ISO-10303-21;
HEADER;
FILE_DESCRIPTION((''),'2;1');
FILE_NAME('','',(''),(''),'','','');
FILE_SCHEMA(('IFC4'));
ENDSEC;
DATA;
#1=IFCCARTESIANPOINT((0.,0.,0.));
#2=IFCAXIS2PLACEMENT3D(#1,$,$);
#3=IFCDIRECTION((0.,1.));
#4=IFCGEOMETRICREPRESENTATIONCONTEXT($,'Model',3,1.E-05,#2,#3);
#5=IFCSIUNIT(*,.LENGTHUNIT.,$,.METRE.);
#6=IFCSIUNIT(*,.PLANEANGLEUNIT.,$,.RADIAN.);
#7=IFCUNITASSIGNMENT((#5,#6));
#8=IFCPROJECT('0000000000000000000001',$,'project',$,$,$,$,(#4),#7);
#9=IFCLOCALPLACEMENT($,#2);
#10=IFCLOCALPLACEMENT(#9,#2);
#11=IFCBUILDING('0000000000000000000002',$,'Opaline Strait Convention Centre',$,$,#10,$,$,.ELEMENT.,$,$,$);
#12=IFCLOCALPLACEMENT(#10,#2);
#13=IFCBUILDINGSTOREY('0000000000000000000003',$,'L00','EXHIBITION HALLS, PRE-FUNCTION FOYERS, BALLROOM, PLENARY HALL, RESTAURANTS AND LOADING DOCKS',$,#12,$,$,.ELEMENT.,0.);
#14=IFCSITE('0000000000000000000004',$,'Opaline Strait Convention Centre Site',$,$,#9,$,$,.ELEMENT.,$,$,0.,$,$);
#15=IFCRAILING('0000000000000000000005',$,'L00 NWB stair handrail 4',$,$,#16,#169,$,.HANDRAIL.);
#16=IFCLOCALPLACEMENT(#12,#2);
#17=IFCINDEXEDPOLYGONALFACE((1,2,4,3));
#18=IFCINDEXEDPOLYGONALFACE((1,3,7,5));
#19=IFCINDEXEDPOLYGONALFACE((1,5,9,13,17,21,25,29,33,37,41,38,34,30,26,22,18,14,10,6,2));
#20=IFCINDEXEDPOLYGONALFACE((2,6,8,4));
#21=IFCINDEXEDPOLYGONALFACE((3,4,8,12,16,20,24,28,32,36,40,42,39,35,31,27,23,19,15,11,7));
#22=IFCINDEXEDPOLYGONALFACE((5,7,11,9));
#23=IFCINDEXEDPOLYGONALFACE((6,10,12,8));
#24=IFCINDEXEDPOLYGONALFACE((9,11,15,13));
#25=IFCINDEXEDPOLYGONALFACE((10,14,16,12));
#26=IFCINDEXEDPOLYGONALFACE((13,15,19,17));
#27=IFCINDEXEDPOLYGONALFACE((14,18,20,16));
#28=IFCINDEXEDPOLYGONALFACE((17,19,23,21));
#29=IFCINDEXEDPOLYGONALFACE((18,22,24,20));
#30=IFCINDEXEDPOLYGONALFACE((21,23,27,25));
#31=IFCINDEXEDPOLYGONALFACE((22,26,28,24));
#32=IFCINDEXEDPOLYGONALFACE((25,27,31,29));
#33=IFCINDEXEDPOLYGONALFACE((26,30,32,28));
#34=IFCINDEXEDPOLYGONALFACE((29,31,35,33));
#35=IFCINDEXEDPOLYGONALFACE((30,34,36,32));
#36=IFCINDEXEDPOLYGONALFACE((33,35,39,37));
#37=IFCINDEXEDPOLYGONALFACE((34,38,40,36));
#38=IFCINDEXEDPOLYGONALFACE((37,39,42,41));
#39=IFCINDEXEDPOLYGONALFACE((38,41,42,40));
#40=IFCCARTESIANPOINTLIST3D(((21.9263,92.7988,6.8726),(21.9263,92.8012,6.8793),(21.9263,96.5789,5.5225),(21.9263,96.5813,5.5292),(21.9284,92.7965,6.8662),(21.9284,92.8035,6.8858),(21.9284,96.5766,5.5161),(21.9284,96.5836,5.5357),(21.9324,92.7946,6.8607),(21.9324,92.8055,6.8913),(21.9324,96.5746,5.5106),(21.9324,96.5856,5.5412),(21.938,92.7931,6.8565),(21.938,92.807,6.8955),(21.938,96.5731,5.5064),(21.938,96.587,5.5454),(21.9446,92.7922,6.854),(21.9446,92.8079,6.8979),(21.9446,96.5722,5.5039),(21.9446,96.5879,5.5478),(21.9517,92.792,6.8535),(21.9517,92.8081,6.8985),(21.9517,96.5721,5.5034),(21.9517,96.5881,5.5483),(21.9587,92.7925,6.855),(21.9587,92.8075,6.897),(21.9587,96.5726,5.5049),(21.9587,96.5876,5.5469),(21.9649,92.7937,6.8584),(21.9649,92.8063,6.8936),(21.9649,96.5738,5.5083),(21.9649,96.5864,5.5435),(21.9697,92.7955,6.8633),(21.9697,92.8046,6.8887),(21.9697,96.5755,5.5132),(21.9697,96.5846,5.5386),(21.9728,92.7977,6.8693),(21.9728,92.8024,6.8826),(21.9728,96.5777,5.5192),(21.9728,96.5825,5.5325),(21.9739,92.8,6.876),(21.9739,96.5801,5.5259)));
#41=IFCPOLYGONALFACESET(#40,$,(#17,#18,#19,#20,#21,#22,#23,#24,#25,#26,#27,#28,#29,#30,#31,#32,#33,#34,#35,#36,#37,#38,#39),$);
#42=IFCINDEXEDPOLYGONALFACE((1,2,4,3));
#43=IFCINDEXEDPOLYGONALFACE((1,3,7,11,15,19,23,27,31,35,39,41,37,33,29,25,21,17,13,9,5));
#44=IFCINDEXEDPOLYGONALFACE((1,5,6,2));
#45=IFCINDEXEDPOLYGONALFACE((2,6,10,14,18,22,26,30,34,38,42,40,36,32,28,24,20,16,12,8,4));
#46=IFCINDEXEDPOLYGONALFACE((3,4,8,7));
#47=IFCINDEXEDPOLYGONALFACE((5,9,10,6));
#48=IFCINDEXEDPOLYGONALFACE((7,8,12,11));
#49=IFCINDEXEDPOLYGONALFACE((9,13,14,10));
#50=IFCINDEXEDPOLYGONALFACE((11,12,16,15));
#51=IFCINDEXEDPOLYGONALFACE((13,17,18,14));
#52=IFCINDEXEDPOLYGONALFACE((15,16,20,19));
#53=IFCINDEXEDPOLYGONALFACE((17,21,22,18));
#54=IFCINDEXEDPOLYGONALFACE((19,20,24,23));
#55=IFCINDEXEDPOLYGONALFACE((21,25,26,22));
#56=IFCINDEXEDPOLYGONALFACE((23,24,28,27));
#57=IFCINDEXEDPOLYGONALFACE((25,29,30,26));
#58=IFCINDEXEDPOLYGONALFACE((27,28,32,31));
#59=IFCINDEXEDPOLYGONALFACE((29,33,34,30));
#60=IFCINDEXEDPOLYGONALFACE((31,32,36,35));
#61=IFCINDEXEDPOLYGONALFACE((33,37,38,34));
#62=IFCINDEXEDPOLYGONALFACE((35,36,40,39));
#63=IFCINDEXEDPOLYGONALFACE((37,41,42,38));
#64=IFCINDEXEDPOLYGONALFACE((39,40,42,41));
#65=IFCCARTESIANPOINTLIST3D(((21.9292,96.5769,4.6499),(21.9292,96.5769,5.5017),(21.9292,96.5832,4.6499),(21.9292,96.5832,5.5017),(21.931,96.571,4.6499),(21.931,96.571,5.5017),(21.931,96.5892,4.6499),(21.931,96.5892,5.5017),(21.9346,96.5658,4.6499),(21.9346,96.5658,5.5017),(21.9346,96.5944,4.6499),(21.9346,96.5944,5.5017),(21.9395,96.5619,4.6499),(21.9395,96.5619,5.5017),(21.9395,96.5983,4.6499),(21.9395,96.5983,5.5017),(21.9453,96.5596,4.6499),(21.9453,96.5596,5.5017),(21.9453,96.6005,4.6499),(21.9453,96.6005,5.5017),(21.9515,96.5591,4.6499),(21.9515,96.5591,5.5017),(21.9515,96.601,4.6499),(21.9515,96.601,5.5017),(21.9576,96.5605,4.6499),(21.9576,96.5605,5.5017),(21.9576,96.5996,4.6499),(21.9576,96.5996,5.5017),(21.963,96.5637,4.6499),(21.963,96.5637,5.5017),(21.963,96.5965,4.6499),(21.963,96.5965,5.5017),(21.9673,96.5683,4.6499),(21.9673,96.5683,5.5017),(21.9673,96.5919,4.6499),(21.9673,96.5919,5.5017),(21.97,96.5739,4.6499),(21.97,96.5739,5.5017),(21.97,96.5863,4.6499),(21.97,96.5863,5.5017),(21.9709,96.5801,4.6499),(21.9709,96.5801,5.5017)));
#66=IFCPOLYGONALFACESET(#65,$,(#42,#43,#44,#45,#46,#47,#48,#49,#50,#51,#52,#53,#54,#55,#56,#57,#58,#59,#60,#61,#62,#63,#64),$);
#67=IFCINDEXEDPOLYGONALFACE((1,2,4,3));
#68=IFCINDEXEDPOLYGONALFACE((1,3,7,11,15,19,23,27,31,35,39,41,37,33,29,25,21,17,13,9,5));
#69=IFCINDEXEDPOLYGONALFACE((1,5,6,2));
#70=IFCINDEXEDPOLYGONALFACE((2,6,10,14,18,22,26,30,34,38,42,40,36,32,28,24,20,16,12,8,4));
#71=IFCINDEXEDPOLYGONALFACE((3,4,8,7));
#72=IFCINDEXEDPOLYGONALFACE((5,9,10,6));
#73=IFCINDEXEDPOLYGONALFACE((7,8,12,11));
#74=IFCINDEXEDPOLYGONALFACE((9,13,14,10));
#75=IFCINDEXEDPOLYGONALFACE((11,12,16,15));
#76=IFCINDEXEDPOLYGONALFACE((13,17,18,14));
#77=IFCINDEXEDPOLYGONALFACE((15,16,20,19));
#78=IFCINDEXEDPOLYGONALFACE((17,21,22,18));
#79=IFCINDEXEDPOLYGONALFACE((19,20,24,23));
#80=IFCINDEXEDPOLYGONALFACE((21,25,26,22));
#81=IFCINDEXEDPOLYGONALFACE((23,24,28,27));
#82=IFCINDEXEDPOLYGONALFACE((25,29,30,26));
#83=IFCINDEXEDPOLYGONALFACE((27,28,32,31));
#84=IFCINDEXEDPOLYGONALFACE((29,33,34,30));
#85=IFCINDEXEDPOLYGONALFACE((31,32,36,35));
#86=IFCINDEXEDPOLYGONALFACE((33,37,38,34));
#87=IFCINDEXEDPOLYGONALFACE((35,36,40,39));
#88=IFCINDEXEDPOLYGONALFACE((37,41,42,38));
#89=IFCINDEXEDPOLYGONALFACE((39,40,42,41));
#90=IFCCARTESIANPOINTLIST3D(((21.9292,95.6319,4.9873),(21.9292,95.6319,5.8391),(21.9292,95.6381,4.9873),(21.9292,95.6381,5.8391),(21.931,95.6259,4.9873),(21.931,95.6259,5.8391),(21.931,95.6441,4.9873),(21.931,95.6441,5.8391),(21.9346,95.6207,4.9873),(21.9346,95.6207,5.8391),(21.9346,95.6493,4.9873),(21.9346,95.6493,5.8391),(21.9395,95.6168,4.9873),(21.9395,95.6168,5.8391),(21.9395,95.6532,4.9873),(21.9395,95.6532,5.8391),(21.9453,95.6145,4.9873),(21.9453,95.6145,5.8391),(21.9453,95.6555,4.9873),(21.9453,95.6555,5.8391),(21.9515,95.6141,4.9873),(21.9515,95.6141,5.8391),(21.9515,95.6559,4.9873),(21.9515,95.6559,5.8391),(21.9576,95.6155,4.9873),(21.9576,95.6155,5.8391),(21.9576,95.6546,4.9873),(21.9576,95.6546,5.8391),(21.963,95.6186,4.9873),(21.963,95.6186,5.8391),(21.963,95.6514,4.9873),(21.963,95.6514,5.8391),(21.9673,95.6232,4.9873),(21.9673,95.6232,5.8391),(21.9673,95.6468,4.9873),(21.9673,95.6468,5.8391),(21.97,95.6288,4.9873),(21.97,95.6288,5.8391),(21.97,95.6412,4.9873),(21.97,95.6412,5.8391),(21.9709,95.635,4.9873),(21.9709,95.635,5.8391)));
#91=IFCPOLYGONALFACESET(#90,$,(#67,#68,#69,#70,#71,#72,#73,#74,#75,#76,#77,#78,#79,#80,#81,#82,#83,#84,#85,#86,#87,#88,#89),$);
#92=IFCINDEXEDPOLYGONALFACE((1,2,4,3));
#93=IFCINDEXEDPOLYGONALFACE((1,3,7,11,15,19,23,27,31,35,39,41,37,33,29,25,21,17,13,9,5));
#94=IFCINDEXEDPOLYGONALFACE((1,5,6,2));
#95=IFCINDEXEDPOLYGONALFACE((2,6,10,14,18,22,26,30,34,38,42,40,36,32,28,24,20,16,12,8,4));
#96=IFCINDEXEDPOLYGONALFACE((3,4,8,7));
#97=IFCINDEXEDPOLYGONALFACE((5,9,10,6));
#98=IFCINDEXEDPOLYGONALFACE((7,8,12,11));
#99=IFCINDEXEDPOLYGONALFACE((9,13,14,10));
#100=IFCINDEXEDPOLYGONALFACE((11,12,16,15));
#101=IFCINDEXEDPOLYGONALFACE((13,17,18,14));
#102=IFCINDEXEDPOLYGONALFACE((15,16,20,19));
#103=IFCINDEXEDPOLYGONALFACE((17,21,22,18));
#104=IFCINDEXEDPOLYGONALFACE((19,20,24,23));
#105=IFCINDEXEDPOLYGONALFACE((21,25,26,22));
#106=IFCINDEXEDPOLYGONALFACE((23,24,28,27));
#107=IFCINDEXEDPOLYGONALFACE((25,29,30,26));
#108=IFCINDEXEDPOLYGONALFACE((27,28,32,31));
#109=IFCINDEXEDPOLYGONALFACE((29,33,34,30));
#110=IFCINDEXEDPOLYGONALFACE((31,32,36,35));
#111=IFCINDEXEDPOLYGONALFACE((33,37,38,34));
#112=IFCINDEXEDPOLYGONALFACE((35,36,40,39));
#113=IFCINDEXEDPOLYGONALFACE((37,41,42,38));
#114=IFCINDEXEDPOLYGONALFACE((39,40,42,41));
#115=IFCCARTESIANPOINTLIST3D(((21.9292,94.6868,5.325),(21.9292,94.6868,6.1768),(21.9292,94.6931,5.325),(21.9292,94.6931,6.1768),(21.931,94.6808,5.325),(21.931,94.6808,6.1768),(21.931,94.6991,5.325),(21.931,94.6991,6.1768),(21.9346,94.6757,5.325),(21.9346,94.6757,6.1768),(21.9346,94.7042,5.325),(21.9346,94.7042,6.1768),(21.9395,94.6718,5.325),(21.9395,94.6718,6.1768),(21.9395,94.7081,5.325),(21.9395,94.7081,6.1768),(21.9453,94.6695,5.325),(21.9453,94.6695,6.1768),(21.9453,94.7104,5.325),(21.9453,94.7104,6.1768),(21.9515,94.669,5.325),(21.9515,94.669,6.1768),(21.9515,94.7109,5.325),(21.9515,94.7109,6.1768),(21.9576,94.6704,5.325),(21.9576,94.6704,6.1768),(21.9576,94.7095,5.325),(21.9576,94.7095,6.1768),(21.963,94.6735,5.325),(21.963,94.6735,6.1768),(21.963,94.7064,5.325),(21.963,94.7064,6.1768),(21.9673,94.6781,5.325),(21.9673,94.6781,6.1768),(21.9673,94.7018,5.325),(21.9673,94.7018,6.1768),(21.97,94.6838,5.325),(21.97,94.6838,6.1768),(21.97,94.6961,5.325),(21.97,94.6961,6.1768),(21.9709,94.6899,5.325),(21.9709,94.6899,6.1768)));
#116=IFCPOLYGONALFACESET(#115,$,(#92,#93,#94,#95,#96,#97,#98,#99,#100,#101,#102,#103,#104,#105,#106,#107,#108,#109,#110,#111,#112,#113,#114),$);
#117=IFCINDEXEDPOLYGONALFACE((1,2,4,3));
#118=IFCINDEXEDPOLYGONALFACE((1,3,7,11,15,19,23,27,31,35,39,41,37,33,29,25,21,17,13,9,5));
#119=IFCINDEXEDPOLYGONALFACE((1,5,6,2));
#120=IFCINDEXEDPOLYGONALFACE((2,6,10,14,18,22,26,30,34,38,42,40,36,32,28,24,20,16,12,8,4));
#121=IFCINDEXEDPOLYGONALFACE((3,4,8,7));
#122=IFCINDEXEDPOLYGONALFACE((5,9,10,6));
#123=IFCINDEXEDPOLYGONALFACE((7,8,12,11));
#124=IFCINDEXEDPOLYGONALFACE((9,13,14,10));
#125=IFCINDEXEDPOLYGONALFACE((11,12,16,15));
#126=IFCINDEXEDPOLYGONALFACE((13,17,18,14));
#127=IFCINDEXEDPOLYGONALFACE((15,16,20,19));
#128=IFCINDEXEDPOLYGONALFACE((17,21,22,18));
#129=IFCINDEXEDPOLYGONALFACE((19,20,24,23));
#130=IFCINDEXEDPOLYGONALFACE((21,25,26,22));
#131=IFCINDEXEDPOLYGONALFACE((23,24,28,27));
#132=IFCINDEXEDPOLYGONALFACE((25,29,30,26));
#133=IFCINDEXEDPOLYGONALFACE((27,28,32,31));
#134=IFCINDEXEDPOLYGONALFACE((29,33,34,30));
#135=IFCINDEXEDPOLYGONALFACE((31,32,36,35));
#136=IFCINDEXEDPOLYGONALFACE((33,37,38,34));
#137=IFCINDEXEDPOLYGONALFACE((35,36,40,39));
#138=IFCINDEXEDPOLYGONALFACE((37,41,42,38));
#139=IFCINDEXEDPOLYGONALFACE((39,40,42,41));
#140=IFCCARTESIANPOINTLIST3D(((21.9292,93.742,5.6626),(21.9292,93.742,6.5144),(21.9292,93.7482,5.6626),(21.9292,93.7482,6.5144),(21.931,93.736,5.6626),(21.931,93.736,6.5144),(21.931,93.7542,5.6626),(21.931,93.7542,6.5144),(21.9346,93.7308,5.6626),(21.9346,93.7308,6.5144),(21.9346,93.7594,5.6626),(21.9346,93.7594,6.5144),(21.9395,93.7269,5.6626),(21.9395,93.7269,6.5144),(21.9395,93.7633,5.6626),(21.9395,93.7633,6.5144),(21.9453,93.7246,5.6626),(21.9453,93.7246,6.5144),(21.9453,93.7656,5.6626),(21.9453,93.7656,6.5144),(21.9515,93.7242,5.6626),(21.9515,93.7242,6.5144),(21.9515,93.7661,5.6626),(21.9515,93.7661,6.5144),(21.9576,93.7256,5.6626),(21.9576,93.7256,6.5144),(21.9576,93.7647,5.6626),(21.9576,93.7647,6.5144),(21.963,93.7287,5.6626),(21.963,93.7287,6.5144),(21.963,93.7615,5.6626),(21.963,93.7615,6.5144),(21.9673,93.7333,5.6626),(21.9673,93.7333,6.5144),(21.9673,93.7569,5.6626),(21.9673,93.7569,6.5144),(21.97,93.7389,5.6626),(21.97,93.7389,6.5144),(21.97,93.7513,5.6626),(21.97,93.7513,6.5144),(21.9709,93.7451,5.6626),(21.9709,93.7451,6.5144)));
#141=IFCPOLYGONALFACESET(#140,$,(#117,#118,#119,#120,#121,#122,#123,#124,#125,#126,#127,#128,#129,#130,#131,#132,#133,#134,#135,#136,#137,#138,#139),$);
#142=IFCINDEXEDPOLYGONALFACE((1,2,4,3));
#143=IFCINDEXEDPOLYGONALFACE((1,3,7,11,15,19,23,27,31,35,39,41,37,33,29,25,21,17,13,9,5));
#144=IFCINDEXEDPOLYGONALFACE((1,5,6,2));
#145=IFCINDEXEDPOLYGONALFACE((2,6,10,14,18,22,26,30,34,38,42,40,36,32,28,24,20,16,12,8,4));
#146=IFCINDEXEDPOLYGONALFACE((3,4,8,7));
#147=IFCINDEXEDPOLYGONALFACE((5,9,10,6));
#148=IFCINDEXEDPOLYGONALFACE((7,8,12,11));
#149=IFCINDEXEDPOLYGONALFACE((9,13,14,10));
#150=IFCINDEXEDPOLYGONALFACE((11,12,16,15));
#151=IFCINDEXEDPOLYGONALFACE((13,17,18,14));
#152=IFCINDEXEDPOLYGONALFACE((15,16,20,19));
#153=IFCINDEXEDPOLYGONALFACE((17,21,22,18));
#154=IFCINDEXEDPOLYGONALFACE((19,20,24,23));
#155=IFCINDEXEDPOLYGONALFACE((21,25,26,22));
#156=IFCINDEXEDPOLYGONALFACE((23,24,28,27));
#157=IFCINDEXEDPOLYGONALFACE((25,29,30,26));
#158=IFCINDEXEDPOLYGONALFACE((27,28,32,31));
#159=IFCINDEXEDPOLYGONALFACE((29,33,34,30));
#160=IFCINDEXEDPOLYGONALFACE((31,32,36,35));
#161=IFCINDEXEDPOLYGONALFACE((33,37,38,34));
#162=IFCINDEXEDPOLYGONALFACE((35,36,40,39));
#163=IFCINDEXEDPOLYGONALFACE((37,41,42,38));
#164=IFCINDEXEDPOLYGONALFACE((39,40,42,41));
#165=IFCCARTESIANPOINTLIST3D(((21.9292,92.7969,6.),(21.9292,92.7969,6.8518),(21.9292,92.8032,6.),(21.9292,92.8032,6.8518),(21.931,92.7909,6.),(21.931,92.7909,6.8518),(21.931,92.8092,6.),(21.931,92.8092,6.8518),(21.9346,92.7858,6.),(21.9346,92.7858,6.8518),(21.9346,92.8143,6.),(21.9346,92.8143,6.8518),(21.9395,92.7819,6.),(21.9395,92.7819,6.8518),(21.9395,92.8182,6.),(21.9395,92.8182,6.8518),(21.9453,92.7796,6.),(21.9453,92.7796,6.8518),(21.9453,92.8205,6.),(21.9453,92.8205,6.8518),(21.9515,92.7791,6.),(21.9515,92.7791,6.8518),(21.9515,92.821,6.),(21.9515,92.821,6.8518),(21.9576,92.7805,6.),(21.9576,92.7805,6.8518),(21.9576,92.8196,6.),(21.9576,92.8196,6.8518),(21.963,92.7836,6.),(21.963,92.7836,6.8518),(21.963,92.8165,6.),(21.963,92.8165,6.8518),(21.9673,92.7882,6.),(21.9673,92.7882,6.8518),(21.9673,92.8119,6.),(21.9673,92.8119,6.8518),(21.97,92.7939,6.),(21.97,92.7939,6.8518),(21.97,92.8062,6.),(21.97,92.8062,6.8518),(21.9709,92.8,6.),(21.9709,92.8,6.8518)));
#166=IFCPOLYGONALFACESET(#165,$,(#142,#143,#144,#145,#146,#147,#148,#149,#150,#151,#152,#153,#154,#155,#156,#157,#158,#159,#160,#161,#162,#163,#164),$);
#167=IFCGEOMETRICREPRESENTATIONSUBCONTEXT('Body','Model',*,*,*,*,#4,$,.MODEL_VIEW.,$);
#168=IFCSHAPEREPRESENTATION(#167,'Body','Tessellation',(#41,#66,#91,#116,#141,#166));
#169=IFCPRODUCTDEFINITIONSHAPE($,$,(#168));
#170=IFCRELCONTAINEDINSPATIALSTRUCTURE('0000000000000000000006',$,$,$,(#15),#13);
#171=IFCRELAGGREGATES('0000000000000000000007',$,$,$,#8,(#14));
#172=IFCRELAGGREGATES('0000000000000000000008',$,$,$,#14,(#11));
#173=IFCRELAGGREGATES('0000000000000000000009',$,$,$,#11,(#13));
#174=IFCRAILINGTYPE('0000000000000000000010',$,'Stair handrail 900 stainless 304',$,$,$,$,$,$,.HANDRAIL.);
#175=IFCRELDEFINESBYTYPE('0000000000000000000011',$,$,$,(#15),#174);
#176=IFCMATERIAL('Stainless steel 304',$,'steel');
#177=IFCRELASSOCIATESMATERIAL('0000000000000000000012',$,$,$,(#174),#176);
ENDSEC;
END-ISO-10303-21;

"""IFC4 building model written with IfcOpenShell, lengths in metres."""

from ifc_helpers import new_model, si_unit, direction, frame, origin, origin_2d, place, context, subcontext, project, spatial, circle, extrude, material, type_object, element, save


model = new_model("IFC4")

# Units and contexts
model_context = context("Model", 3, precision=1e-05, world=origin(), true_north=direction((0.0, 1.0)))
body_context = subcontext(model_context, "Body", "Model", "MODEL_VIEW")
ifc_project = project(units=[si_unit("LENGTHUNIT", "METRE"), si_unit("PLANEANGLEUNIT", "RADIAN")], contexts=[model_context])

# Site, building, storey
site_placement = place(None, origin())
site = spatial("IfcSite", under=ifc_project, at=site_placement, Name="Opaline Strait Convention Centre Site", CompositionType="ELEMENT", RefElevation=0.0)
building_placement = place(site_placement, origin())
building = spatial("IfcBuilding", under=site, at=building_placement, Name="Opaline Strait Convention Centre", CompositionType="ELEMENT")
storey_placement = place(building_placement, origin())
storey = spatial("IfcBuildingStorey", under=building, at=storey_placement, Name="L00", Description="EXHIBITION HALLS, PRE-FUNCTION FOYERS, BALLROOM, PLENARY HALL, RESTAURANTS AND LOADING DOCKS", CompositionType="ELEMENT", Elevation=0.0)

# Railing
ifc_material_1 = material(Name="Stainless steel 304", Category="steel")
railing_type_1 = type_object("IfcRailingType", Name="Stair handrail 900 stainless 304", PredefinedType="HANDRAIL", material=ifc_material_1)
railing_1_placement = place(storey_placement, frame((21.95, 96.5801, 4.6499)))
element("IfcRailing", 1, at=railing_1_placement, inside=storey, type_object=railing_type_1, Name="L00 NWB stair handrail 4", PredefinedType="HANDRAIL", context=body_context, shape_type="SweptSolid", body=[
    extrude(circle(Radius=0.0239, at=origin_2d()), frame((0.0, 0.0, 0.876), z_axis=(0.0, -0.941735, 0.336356), x_axis=(1.0, 0.0, 0.0)), (0.0, 0.0, 1.0), 4.0139),
    extrude(circle(Radius=0.021, at=origin_2d()), origin(), (0.0, 0.0, 1.0), 0.8518),
    extrude(circle(Radius=0.021, at=origin_2d()), frame((0.0, -0.9451, 0.3374)), (0.0, 0.0, 1.0), 0.8518),
    extrude(circle(Radius=0.021, at=origin_2d()), frame((0.0, -1.8901, 0.675)), (0.0, 0.0, 1.0), 0.8518),
    extrude(circle(Radius=0.021, at=origin_2d()), frame((0.0, -2.835, 1.0127)), (0.0, 0.0, 1.0), 0.8518),
    extrude(circle(Radius=0.021, at=origin_2d()), frame((0.0, -3.78, 1.3501)), (0.0, 0.0, 1.0), 0.8518),
])

save(model, "model.ifc")
